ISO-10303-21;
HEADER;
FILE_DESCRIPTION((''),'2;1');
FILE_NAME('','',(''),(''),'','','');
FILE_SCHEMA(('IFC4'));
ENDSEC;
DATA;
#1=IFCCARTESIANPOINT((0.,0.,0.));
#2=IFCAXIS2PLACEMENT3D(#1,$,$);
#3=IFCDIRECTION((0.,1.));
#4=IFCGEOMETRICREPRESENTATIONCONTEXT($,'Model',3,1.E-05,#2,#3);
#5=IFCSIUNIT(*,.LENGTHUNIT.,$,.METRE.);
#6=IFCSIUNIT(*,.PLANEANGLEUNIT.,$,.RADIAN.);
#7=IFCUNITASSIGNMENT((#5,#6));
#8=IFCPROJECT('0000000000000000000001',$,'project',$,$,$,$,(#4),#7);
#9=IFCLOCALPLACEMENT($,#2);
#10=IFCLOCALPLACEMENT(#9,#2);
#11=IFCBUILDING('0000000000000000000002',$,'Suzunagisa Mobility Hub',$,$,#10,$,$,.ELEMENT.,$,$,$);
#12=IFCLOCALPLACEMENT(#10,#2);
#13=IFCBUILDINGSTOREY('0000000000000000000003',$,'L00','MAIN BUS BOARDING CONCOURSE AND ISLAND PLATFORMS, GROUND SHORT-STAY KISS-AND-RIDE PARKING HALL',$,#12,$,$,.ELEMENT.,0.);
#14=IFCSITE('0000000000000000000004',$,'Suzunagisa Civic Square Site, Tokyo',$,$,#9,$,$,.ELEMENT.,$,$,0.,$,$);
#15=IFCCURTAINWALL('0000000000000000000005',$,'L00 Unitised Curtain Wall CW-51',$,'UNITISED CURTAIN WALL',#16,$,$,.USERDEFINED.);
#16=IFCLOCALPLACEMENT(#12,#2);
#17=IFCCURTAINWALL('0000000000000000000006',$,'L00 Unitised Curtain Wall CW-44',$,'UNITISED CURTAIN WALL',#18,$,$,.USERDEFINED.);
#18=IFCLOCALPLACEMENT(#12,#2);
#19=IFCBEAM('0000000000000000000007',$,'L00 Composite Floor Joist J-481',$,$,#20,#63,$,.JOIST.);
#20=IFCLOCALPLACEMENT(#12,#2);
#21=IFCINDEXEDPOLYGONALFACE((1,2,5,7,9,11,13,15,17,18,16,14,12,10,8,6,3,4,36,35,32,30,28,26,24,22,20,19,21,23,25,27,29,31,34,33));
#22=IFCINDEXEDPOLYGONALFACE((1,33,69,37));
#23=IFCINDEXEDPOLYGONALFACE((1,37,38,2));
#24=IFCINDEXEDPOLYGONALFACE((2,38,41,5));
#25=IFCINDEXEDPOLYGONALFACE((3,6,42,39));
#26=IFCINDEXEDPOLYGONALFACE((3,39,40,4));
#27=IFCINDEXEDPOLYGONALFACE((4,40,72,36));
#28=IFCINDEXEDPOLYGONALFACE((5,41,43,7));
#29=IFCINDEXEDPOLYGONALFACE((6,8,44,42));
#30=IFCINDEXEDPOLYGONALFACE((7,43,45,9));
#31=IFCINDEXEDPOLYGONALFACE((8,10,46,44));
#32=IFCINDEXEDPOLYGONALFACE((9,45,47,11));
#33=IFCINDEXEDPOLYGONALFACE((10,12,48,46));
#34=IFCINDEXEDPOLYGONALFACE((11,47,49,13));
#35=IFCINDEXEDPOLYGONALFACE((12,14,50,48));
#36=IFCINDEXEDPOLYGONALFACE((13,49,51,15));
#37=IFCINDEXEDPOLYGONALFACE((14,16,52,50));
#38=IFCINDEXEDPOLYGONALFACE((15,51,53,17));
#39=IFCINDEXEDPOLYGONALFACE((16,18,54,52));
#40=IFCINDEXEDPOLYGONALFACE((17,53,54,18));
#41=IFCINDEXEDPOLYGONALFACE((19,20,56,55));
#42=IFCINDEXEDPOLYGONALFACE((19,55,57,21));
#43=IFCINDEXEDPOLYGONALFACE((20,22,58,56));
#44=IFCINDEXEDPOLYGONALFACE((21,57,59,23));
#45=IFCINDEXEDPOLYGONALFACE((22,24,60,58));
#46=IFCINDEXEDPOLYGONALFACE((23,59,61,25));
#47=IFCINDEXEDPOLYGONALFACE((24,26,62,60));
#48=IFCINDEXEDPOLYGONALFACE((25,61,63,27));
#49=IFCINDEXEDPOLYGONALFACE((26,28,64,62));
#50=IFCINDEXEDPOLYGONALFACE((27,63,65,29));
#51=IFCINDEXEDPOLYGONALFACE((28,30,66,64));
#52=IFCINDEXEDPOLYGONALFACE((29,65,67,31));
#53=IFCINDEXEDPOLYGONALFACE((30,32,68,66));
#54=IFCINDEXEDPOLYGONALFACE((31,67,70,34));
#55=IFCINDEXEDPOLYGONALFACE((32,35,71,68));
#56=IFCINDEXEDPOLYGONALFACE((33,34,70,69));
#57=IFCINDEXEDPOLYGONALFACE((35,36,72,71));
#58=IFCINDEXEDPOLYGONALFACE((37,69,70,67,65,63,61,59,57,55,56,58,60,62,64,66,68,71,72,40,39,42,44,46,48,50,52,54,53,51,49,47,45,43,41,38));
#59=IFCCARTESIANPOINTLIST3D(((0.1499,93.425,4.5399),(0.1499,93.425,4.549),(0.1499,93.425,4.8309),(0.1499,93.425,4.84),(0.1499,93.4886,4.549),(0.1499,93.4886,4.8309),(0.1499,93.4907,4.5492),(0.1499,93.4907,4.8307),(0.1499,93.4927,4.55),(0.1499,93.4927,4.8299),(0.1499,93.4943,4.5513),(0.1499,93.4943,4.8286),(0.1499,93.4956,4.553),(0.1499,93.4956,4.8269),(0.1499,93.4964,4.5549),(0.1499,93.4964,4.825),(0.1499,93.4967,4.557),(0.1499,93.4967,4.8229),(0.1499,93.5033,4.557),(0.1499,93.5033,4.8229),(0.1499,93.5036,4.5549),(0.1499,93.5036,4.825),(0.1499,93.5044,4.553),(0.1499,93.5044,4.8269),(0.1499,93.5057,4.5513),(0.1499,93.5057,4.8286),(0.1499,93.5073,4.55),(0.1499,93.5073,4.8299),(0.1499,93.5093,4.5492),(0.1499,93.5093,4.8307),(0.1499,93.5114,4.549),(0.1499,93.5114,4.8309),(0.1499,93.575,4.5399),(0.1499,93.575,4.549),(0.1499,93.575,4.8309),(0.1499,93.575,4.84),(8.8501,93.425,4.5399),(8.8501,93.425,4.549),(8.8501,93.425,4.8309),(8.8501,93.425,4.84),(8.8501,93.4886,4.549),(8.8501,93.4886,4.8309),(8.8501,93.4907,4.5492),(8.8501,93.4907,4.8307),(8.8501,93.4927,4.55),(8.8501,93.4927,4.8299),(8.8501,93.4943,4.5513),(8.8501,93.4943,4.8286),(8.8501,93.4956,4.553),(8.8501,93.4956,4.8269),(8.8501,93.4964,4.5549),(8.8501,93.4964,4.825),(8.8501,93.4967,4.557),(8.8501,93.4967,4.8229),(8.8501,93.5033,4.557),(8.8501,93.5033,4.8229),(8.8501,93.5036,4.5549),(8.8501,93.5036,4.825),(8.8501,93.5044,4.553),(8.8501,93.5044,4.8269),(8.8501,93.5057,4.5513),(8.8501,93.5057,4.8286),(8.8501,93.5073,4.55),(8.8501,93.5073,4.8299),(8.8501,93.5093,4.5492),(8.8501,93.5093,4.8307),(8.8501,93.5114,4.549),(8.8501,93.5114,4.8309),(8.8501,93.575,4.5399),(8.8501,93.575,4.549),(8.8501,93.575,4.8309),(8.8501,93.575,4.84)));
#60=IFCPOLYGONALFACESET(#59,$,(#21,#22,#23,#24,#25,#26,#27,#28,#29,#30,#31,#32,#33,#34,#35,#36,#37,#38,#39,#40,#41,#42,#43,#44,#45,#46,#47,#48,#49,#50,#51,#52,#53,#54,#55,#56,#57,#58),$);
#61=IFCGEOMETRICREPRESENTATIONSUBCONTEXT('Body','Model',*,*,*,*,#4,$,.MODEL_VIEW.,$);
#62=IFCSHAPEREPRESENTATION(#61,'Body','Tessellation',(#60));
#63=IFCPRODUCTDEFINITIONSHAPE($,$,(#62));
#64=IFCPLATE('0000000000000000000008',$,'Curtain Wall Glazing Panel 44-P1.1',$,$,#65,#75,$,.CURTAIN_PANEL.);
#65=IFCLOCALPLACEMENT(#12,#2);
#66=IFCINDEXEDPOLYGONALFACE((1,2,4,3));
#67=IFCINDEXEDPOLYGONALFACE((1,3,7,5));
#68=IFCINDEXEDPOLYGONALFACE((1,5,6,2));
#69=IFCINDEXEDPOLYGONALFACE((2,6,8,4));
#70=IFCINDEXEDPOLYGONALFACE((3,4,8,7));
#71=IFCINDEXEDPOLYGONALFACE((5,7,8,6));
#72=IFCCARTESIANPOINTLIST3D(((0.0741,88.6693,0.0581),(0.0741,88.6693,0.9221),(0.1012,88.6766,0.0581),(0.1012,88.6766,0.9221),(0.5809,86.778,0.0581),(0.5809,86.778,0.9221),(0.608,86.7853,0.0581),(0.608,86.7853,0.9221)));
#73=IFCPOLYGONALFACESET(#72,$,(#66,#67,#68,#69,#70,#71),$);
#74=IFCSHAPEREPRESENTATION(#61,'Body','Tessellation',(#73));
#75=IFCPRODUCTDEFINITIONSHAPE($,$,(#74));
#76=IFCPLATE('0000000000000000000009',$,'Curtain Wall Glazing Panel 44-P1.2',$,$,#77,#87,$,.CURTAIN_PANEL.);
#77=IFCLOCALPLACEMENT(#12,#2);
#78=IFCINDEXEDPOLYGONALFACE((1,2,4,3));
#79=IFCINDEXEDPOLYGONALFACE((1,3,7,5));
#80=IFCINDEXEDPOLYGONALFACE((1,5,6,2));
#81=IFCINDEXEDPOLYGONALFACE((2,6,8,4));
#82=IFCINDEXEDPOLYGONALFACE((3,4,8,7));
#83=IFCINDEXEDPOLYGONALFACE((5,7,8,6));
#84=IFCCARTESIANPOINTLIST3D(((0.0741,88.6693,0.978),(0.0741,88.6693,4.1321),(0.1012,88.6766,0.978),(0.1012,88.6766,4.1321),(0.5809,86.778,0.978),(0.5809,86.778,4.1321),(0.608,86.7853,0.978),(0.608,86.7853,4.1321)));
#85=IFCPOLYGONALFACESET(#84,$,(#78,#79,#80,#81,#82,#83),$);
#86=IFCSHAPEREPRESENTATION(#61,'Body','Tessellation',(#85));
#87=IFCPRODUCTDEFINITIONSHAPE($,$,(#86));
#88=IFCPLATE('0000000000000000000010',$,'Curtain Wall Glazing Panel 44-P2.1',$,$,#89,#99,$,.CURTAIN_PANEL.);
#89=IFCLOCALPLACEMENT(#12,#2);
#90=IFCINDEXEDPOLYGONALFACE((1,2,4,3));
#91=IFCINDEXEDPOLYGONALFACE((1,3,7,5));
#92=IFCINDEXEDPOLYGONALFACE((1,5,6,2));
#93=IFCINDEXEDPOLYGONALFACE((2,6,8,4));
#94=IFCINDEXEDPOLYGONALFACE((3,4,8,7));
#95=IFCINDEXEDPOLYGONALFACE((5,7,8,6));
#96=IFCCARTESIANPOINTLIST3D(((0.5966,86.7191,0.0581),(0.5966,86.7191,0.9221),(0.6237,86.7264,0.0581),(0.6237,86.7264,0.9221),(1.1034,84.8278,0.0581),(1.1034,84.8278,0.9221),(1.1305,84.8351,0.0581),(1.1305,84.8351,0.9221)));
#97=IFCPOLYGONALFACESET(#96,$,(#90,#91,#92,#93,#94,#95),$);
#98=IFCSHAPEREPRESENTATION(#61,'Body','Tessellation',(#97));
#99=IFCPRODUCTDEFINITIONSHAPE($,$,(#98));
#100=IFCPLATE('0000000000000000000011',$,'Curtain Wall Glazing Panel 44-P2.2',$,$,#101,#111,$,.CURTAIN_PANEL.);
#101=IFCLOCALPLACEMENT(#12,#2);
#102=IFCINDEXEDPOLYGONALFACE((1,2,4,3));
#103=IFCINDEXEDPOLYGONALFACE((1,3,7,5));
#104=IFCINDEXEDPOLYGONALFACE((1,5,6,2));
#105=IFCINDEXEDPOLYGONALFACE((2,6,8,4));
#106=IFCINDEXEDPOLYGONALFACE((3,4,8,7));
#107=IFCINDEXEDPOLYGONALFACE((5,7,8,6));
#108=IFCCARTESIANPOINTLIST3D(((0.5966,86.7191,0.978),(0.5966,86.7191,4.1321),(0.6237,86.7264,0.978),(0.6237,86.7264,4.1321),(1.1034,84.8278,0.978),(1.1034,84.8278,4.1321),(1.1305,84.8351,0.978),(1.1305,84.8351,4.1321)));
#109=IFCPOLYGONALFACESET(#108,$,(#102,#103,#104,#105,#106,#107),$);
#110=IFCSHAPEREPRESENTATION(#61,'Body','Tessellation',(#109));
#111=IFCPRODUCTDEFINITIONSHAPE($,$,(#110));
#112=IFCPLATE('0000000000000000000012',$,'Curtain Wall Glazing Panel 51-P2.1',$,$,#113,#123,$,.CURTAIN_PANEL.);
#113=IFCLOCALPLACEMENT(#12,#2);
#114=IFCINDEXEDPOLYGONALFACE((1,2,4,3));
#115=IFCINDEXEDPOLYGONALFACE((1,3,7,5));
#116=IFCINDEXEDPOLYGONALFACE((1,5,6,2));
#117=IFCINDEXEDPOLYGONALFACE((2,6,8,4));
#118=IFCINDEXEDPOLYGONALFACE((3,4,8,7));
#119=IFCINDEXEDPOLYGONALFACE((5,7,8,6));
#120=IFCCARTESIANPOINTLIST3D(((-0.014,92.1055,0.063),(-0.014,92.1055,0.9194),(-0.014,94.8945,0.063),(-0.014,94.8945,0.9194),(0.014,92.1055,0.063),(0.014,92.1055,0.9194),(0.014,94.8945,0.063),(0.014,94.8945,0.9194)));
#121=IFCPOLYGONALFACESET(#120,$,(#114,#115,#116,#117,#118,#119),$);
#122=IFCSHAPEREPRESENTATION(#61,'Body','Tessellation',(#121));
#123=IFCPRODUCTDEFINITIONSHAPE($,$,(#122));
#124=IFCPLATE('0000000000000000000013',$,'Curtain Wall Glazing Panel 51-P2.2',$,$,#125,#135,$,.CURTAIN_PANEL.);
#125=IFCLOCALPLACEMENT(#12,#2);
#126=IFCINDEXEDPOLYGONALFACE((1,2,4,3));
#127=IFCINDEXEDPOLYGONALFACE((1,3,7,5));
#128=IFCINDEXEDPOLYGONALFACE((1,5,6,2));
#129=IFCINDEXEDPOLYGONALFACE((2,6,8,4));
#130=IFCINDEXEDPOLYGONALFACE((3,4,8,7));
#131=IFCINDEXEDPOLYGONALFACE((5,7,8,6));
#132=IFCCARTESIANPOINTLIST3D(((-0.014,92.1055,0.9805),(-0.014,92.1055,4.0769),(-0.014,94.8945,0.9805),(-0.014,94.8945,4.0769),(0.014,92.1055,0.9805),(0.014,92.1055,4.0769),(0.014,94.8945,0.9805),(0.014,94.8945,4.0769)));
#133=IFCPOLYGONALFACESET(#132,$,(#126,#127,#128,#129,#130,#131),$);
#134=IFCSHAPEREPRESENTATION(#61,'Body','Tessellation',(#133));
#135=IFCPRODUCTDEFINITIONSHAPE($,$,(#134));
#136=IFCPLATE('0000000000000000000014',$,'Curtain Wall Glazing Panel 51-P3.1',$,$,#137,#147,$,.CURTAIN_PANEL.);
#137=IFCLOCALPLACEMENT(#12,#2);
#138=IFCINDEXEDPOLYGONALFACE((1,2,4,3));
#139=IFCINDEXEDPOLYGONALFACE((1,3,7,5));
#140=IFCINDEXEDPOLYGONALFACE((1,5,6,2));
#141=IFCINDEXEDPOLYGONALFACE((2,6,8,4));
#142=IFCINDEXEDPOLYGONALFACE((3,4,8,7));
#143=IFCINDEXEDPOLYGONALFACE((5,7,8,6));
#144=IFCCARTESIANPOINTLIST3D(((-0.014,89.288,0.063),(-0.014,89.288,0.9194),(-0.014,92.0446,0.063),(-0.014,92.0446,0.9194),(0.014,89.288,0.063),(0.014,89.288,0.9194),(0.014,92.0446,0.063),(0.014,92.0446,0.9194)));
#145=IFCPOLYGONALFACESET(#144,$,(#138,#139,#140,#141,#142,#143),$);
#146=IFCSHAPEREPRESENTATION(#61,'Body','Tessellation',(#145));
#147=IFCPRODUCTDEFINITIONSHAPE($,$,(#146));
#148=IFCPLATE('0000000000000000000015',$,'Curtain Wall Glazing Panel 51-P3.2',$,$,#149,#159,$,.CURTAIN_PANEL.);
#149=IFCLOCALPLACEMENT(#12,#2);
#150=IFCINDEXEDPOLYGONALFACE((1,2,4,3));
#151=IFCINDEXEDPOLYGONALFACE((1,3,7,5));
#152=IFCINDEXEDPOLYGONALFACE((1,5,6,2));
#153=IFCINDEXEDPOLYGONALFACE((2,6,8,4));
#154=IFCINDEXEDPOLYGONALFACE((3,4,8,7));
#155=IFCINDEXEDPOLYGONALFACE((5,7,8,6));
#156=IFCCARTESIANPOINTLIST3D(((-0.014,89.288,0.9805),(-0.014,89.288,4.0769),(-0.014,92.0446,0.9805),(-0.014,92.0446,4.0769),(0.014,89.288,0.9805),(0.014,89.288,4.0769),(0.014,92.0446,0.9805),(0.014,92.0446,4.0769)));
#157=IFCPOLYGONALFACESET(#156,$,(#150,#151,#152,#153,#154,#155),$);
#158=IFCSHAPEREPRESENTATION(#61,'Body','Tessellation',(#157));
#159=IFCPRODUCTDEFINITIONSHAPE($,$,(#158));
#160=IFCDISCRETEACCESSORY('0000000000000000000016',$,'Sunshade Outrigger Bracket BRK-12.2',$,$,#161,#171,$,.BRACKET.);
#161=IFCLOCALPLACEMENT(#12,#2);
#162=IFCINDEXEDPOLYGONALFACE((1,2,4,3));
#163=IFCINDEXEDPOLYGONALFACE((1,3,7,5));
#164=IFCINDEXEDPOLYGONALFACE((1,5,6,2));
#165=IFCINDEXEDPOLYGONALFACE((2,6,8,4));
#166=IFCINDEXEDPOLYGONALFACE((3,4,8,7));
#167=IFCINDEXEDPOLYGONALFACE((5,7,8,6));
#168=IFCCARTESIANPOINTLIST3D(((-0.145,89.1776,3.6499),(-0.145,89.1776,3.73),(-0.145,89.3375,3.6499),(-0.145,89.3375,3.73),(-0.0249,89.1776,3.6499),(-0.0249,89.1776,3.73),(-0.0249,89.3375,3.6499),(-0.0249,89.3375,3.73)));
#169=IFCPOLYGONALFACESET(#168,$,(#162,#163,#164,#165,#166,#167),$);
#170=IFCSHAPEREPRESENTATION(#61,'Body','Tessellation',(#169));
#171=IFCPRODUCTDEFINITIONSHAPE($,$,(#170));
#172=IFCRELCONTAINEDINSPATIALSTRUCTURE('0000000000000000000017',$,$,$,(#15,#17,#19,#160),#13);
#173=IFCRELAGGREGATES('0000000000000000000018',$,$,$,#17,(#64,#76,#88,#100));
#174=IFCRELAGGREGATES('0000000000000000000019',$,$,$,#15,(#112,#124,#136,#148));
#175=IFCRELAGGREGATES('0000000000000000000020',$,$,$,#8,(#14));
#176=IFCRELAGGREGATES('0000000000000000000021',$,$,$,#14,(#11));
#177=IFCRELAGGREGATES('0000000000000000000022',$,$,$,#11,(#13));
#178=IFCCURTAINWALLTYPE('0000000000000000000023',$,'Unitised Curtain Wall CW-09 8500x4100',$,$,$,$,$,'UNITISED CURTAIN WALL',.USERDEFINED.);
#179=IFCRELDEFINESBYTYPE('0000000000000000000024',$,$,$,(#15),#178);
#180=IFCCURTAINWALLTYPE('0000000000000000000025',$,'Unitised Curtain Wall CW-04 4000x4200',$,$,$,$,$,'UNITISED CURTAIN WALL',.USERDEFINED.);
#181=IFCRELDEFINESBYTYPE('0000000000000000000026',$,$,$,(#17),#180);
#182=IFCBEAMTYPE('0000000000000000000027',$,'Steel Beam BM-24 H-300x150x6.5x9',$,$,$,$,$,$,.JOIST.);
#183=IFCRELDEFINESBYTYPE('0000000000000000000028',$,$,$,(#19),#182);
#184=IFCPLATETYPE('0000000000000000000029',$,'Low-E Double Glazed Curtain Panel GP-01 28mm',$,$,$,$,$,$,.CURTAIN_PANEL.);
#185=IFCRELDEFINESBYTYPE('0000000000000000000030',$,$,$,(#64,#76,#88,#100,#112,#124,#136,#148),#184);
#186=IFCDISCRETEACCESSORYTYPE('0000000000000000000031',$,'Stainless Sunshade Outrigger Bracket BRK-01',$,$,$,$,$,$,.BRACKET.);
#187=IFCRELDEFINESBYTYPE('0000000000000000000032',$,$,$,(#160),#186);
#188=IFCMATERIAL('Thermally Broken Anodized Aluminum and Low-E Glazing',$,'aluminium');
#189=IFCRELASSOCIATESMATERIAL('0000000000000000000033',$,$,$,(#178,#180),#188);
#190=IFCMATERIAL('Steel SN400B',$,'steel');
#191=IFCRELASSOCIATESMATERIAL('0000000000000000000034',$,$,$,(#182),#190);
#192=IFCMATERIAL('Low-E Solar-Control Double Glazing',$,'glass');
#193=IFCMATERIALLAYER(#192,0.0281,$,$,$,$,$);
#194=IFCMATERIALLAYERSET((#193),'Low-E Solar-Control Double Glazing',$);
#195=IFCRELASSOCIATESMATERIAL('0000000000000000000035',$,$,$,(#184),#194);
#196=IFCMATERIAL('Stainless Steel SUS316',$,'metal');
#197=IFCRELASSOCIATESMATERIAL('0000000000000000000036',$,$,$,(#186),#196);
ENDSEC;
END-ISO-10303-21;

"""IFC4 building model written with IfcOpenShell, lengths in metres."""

from ifc_helpers import new_model, si_unit, direction, frame, origin, origin_2d, place, context, subcontext, project, spatial, rectangle, i_section, extrude, material, layer, layer_set, material_profile, profile_set, type_object, element, aggregate, save


model = new_model("IFC4")

# Units and contexts
model_context = context("Model", 3, precision=1e-05, world=origin(), true_north=direction((0.0, 1.0)))
body_context = subcontext(model_context, "Body", "Model", "MODEL_VIEW")
ifc_project = project(units=[si_unit("LENGTHUNIT", "METRE"), si_unit("PLANEANGLEUNIT", "RADIAN")], contexts=[model_context])

# Site, building, storey
site_placement = place(None, origin())
site = spatial("IfcSite", under=ifc_project, at=site_placement, Name="Suzunagisa Civic Square Site, Tokyo", CompositionType="ELEMENT", RefElevation=0.0)
building_placement = place(site_placement, origin())
building = spatial("IfcBuilding", under=site, at=building_placement, Name="Suzunagisa Mobility Hub", CompositionType="ELEMENT")
storey_placement = place(building_placement, origin())
storey = spatial("IfcBuildingStorey", under=building, at=storey_placement, Name="L00", Description="MAIN BUS BOARDING CONCOURSE AND ISLAND PLATFORMS, GROUND SHORT-STAY KISS-AND-RIDE PARKING HALL", CompositionType="ELEMENT", Elevation=0.0)

# Curtain walls
ifc_material_1 = material(Name="Thermally Broken Anodized Aluminum and Low-E Glazing", Category="aluminium")
curtain_wall_type_1 = type_object("IfcCurtainWallType", Name="Unitised Curtain Wall CW-09 8500x4100", ElementType="UNITISED CURTAIN WALL", PredefinedType="USERDEFINED", material=ifc_material_1)
curtain_wall_1_placement = place(storey_placement, origin())
curtain_wall_1 = element("IfcCurtainWall", 1, at=curtain_wall_1_placement, inside=storey, type_object=curtain_wall_type_1, Name="L00 Unitised Curtain Wall CW-51", ObjectType="UNITISED CURTAIN WALL", PredefinedType="USERDEFINED")
curtain_wall_type_2 = type_object("IfcCurtainWallType", Name="Unitised Curtain Wall CW-04 4000x4200", ElementType="UNITISED CURTAIN WALL", PredefinedType="USERDEFINED", material=ifc_material_1)
curtain_wall_2_placement = place(storey_placement, origin())
curtain_wall_2 = element("IfcCurtainWall", 2, at=curtain_wall_2_placement, inside=storey, type_object=curtain_wall_type_2, Name="L00 Unitised Curtain Wall CW-44", ObjectType="UNITISED CURTAIN WALL", PredefinedType="USERDEFINED")

# Beam
ifc_material_2 = material(Name="Steel SN400B", Category="steel")
ifc_material_profile_1 = material_profile(ifc_material_2, i_section(OverallWidth=0.1499, OverallDepth=0.3, WebThickness=0.0066, FlangeThickness=0.009, FilletRadius=0.0081, at=origin_2d()), Name="H-300x150x6.5x9")
ifc_profile_set_1 = profile_set([ifc_material_profile_1], Name="Steel SN400B")
beam_type_1 = type_object("IfcBeamType", Name="Steel Beam BM-24 H-300x150x6.5x9", PredefinedType="JOIST", material=ifc_profile_set_1)
beam_1_placement = place(storey_placement, frame((0.1499, 93.5, 4.6899), z_axis=(1.0, 0.0, 0.0), x_axis=(0.0, 1.0, 0.0)))
element("IfcBeam", 3, at=beam_1_placement, inside=storey, type_object=beam_type_1, Name="L00 Composite Floor Joist J-481", PredefinedType="JOIST", context=body_context, shape_type="SweptSolid", body=[
    extrude(i_section(OverallWidth=0.1499, OverallDepth=0.3, WebThickness=0.0066, FlangeThickness=0.009, FilletRadius=0.0081, at=origin_2d()), origin(), (0.0, 0.0, 1.0), 8.7002),
])

# Plates
ifc_material_3 = material(Name="Low-E Solar-Control Double Glazing", Category="glass")
ifc_layer = layer(ifc_material_3, 0.0281)
ifc_layer_set = layer_set([ifc_layer], Name="Low-E Solar-Control Double Glazing")
plate_type = type_object("IfcPlateType", Name="Low-E Double Glazed Curtain Panel GP-01 28mm", PredefinedType="CURTAIN_PANEL", material=ifc_layer_set)
plate_1_placement = place(storey_placement, frame((0.3411, 87.7273, 0.0581), z_axis=(0.0, 0.0, 1.0), x_axis=(0.258821, -0.965925, 0.0)))
plate_1 = element("IfcPlate", 4, at=plate_1_placement, type_object=plate_type, Name="Curtain Wall Glazing Panel 44-P1.1", PredefinedType="CURTAIN_PANEL", context=body_context, shape_type="SweptSolid", body=[
    extrude(rectangle(XDim=1.958, YDim=0.0281, at=origin_2d()), origin(), (0.0, 0.0, 1.0), 0.864),
])
plate_2_placement = place(storey_placement, frame((0.3411, 87.7273, 0.978), z_axis=(0.0, 0.0, 1.0), x_axis=(0.258821, -0.965925, 0.0)))
plate_2 = element("IfcPlate", 5, at=plate_2_placement, type_object=plate_type, Name="Curtain Wall Glazing Panel 44-P1.2", PredefinedType="CURTAIN_PANEL", context=body_context, shape_type="SweptSolid", body=[
    extrude(rectangle(XDim=1.958, YDim=0.0281, at=origin_2d()), origin(), (0.0, 0.0, 1.0), 3.1541),
])
plate_3_placement = place(storey_placement, frame((0.8635, 85.7771, 0.0581), z_axis=(0.0, 0.0, 1.0), x_axis=(0.258821, -0.965925, 0.0)))
plate_3 = element("IfcPlate", 6, at=plate_3_placement, type_object=plate_type, Name="Curtain Wall Glazing Panel 44-P2.1", PredefinedType="CURTAIN_PANEL", context=body_context, shape_type="SweptSolid", body=[
    extrude(rectangle(XDim=1.958, YDim=0.0281, at=origin_2d()), origin(), (0.0, 0.0, 1.0), 0.864),
])
plate_4_placement = place(storey_placement, frame((0.8635, 85.7771, 0.978), z_axis=(0.0, 0.0, 1.0), x_axis=(0.258821, -0.965925, 0.0)))
plate_4 = element("IfcPlate", 7, at=plate_4_placement, type_object=plate_type, Name="Curtain Wall Glazing Panel 44-P2.2", PredefinedType="CURTAIN_PANEL", context=body_context, shape_type="SweptSolid", body=[
    extrude(rectangle(XDim=1.958, YDim=0.0281, at=origin_2d()), origin(), (0.0, 0.0, 1.0), 3.1541),
])
aggregate(curtain_wall_2, [plate_1, plate_2, plate_3, plate_4])
plate_5_placement = place(storey_placement, frame((0.0, 93.5, 0.063), z_axis=(0.0, 0.0, 1.0), x_axis=(0.0, -1.0, 0.0)))
plate_5 = element("IfcPlate", 8, at=plate_5_placement, type_object=plate_type, Name="Curtain Wall Glazing Panel 51-P2.1", PredefinedType="CURTAIN_PANEL", context=body_context, shape_type="SweptSolid", body=[
    extrude(rectangle(XDim=2.7891, YDim=0.0281, at=origin_2d()), origin(), (0.0, 0.0, 1.0), 0.8564),
])
plate_6_placement = place(storey_placement, frame((0.0, 93.5, 0.9805), z_axis=(0.0, 0.0, 1.0), x_axis=(0.0, -1.0, 0.0)))
plate_6 = element("IfcPlate", 9, at=plate_6_placement, type_object=plate_type, Name="Curtain Wall Glazing Panel 51-P2.2", PredefinedType="CURTAIN_PANEL", context=body_context, shape_type="SweptSolid", body=[
    extrude(rectangle(XDim=2.7891, YDim=0.0281, at=origin_2d()), origin(), (0.0, 0.0, 1.0), 3.0964),
])
plate_7_placement = place(storey_placement, frame((0.0, 90.6663, 0.063), z_axis=(0.0, 0.0, 1.0), x_axis=(0.0, -1.0, 0.0)))
plate_7 = element("IfcPlate", 10, at=plate_7_placement, type_object=plate_type, Name="Curtain Wall Glazing Panel 51-P3.1", PredefinedType="CURTAIN_PANEL", context=body_context, shape_type="SweptSolid", body=[
    extrude(rectangle(XDim=2.7566, YDim=0.0281, at=origin_2d()), origin(), (0.0, 0.0, 1.0), 0.8564),
])
plate_8_placement = place(storey_placement, frame((0.0, 90.6663, 0.9805), z_axis=(0.0, 0.0, 1.0), x_axis=(0.0, -1.0, 0.0)))
plate_8 = element("IfcPlate", 11, at=plate_8_placement, type_object=plate_type, Name="Curtain Wall Glazing Panel 51-P3.2", PredefinedType="CURTAIN_PANEL", context=body_context, shape_type="SweptSolid", body=[
    extrude(rectangle(XDim=2.7566, YDim=0.0281, at=origin_2d()), origin(), (0.0, 0.0, 1.0), 3.0964),
])
aggregate(curtain_wall_1, [plate_5, plate_6, plate_7, plate_8])

# Discrete accessory
ifc_material_4 = material(Name="Stainless Steel SUS316", Category="metal")
discrete_accessory_type = type_object("IfcDiscreteAccessoryType", Name="Stainless Sunshade Outrigger Bracket BRK-01", PredefinedType="BRACKET", material=ifc_material_4)
discrete_accessory_placement = place(storey_placement, frame((-0.085, 89.2576, 3.6499), z_axis=(0.0, 0.0, 1.0), x_axis=(0.0, -1.0, 0.0)))
element("IfcDiscreteAccessory", 12, at=discrete_accessory_placement, inside=storey, type_object=discrete_accessory_type, Name="Sunshade Outrigger Bracket BRK-12.2", PredefinedType="BRACKET", context=body_context, shape_type="SweptSolid", body=[
    extrude(rectangle(XDim=0.1599, YDim=0.1201, at=origin_2d()), origin(), (0.0, 0.0, 1.0), 0.0801),
])

save(model, "model.ifc")
